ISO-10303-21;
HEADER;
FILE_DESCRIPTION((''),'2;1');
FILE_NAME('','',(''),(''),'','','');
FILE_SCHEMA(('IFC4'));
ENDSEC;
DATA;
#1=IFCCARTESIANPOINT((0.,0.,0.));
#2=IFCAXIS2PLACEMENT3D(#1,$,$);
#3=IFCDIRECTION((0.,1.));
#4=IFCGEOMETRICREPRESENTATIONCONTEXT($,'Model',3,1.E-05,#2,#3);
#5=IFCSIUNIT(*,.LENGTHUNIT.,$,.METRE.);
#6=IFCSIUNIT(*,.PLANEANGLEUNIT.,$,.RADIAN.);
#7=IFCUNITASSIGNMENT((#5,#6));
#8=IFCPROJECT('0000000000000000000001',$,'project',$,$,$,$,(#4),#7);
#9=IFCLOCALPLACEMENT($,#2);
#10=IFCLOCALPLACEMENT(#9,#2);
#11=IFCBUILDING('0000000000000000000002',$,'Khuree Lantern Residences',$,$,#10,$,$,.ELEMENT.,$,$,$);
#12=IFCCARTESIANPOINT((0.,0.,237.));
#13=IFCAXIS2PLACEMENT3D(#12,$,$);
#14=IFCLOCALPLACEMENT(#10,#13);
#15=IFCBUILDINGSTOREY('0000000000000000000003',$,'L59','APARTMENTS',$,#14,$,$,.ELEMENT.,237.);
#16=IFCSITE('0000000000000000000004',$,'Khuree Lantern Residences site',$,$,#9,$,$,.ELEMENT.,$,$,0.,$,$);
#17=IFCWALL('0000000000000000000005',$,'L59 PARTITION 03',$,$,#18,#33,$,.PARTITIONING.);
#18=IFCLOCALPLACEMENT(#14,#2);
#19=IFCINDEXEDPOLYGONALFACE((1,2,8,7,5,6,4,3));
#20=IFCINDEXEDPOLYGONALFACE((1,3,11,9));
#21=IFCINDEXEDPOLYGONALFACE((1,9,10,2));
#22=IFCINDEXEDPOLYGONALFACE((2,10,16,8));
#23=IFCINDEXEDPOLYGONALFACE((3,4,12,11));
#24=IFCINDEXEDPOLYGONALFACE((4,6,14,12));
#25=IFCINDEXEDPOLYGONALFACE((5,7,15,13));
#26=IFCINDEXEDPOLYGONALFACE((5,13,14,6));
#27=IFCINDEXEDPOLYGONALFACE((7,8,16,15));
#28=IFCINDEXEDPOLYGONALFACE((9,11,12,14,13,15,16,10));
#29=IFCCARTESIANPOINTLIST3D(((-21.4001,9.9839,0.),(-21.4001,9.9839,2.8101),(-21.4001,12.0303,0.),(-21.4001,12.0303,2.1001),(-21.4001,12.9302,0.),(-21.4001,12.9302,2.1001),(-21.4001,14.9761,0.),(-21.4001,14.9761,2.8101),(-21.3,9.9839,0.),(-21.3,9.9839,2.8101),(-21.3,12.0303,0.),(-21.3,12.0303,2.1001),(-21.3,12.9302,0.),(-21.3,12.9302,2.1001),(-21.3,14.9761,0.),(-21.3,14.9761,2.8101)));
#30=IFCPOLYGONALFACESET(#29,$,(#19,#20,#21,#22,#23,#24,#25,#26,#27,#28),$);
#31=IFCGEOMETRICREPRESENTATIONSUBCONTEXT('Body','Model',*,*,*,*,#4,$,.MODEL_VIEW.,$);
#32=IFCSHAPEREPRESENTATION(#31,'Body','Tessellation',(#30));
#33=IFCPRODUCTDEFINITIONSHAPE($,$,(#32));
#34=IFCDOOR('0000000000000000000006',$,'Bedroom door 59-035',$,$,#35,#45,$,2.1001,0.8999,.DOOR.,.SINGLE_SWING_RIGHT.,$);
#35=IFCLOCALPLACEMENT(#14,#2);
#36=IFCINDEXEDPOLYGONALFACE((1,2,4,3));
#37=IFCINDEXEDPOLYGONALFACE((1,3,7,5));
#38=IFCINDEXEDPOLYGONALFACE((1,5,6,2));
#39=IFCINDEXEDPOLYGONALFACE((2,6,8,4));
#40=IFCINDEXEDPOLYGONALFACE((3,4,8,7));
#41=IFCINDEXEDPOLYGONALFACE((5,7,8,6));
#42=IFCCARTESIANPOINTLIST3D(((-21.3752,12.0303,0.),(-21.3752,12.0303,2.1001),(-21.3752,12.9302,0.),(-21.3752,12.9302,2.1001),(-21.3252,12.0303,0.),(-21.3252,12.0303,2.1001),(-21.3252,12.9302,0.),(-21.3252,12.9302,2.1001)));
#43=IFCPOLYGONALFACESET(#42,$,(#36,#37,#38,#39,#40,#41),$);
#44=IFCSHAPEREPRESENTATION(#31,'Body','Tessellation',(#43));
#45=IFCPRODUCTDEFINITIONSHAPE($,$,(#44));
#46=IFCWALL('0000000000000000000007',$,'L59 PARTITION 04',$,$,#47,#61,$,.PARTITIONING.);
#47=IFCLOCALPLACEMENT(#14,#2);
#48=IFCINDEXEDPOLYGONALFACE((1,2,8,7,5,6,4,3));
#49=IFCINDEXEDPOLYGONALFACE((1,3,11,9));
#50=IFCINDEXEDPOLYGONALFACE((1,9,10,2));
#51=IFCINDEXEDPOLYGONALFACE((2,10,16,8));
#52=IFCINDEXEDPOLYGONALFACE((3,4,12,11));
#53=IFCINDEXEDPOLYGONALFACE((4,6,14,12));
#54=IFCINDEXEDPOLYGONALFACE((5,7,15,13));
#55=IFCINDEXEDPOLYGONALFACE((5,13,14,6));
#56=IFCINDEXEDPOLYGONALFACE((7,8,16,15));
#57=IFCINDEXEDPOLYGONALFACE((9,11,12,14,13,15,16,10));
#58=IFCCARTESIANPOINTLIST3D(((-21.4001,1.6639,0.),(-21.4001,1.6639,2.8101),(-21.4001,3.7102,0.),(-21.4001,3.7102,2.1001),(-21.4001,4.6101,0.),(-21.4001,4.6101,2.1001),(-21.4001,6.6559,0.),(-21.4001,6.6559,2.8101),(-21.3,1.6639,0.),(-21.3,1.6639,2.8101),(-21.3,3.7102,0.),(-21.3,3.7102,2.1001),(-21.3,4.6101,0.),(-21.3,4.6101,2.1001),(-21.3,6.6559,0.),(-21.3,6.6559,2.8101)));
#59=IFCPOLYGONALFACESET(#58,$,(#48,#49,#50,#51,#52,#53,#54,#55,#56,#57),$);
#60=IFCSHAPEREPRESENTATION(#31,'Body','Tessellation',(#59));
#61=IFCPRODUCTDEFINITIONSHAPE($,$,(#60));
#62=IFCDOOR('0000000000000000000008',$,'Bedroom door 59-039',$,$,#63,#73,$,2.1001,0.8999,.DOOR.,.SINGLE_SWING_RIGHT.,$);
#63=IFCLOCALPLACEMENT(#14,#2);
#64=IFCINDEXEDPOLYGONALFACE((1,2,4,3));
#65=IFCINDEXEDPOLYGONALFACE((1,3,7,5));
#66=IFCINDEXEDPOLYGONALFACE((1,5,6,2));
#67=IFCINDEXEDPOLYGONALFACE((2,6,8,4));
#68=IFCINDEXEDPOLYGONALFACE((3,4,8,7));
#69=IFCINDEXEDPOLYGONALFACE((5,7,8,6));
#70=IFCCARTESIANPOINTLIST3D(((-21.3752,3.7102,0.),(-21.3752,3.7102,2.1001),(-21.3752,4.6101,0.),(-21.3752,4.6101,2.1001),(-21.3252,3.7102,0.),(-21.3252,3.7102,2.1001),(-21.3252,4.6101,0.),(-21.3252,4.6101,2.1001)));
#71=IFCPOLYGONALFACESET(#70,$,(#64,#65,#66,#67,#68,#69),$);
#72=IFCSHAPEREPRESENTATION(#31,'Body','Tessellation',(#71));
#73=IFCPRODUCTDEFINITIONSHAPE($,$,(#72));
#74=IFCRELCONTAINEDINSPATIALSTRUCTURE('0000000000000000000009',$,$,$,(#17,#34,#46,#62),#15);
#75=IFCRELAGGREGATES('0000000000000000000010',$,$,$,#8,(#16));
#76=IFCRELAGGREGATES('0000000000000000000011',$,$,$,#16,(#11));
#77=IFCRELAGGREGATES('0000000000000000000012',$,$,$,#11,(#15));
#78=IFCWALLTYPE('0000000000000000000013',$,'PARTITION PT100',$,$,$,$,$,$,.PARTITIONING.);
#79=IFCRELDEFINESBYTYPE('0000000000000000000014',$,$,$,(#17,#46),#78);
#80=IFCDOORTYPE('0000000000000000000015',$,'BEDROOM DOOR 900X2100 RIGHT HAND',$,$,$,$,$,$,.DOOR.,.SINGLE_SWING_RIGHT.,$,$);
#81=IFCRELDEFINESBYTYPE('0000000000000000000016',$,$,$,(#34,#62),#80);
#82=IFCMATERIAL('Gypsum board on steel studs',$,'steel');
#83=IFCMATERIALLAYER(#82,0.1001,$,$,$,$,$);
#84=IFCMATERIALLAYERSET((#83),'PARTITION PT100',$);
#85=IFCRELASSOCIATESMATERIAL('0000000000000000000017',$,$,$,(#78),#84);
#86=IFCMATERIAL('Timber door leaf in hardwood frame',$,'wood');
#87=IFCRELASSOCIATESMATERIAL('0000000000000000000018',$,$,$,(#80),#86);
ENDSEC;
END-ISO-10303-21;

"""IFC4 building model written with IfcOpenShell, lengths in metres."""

from ifc_helpers import new_model, si_unit, direction, frame, frame_2d, origin, place, context, subcontext, project, spatial, rectangle, extrude, material, layer, layer_set, type_object, element, fill, save


model = new_model("IFC4")

# Units and contexts
model_context = context("Model", 3, precision=1e-05, world=origin(), true_north=direction((0.0, 1.0)))
body_context = subcontext(model_context, "Body", "Model", "MODEL_VIEW")
ifc_project = project(units=[si_unit("LENGTHUNIT", "METRE"), si_unit("PLANEANGLEUNIT", "RADIAN")], contexts=[model_context])

# Site, building, storey
site_placement = place(None, origin())
site = spatial("IfcSite", under=ifc_project, at=site_placement, Name="Khuree Lantern Residences site", CompositionType="ELEMENT", RefElevation=0.0)
building_placement = place(site_placement, origin())
building = spatial("IfcBuilding", under=site, at=building_placement, Name="Khuree Lantern Residences", CompositionType="ELEMENT")
storey_placement = place(building_placement, frame((0.0, 0.0, 237.0)))
storey = spatial("IfcBuildingStorey", under=building, at=storey_placement, Name="L59", Description="APARTMENTS", CompositionType="ELEMENT", Elevation=237.0)

# Shared definitions
ifc_material_1 = material(Name="Timber door leaf in hardwood frame", Category="wood")

# Shared definitions
ifc_material_2 = material(Name="Gypsum board on steel studs", Category="steel")
ifc_layer_1 = layer(ifc_material_2, 0.1001)
ifc_layer_set_1 = layer_set([ifc_layer_1], Name="PARTITION PT100")
wall_type_1 = type_object("IfcWallType", Name="PARTITION PT100", PredefinedType="PARTITIONING", material=ifc_layer_set_1)

# Walls, openings, doors
wall_1_placement = place(storey_placement, frame((-21.3501, 14.9761, 0.0), z_axis=(0.0, 0.0, 1.0), x_axis=(0.0, -1.0, 0.0)))
wall_1 = element("IfcWall", 1, at=wall_1_placement, inside=storey, type_object=wall_type_1, Name="L59 PARTITION 03", PredefinedType="PARTITIONING", context=body_context, shape_type="SweptSolid", body=[
    extrude(rectangle(XDim=4.9922, YDim=0.1001, at=frame_2d((2.4961, 0.0))), origin(), (0.0, 0.0, 1.0), 2.8101),
])
opening_1_placement = place(wall_1_placement, frame((2.0459, 0.0, 0.0)))
opening_1 = element("IfcOpeningElement", 2, at=opening_1_placement, cuts=wall_1, PredefinedType="OPENING", context=body_context, shape_type="SweptSolid", body=[
    extrude(rectangle(XDim=0.8999, YDim=2.1001, at=frame_2d((0.45, 1.05))), frame((0.0, 0.0601, 0.0), z_axis=(0.0, -1.0, 0.0), x_axis=(1.0, 0.0, 0.0)), (0.0, 0.0, 1.0), 0.1201),
])
door_type_1 = type_object("IfcDoorType", Name="BEDROOM DOOR 900X2100 RIGHT HAND", OperationType="SINGLE_SWING_RIGHT", PredefinedType="DOOR", material=ifc_material_1)
door_1_placement = place(opening_1_placement, origin())
door_1 = element("IfcDoor", 3, at=door_1_placement, inside=storey, type_object=door_type_1, Name="Bedroom door 59-035", OperationType="SINGLE_SWING_RIGHT", OverallHeight=2.1001, OverallWidth=0.8999, PredefinedType="DOOR", context=body_context, shape_type="SweptSolid", body=[
    extrude(rectangle(XDim=0.8999, YDim=2.1001, at=frame_2d((0.45, 1.05))), frame((0.0, 0.0249, 0.0), z_axis=(0.0, -1.0, 0.0), x_axis=(1.0, 0.0, 0.0)), (0.0, 0.0, 1.0), 0.05),
])
fill(opening_1, door_1)
wall_2_placement = place(storey_placement, frame((-21.3501, 6.656, 0.0), z_axis=(0.0, 0.0, 1.0), x_axis=(0.0, -1.0, 0.0)))
wall_2 = element("IfcWall", 4, at=wall_2_placement, inside=storey, type_object=wall_type_1, Name="L59 PARTITION 04", PredefinedType="PARTITIONING", context=body_context, shape_type="SweptSolid", body=[
    extrude(rectangle(XDim=4.9919, YDim=0.1001, at=frame_2d((2.4961, 0.0))), origin(), (0.0, 0.0, 1.0), 2.8101),
])
opening_2_placement = place(wall_2_placement, frame((2.0459, 0.0, 0.0)))
opening_2 = element("IfcOpeningElement", 5, at=opening_2_placement, cuts=wall_2, PredefinedType="OPENING", context=body_context, shape_type="SweptSolid", body=[
    extrude(rectangle(XDim=0.8999, YDim=2.1001, at=frame_2d((0.45, 1.05))), frame((0.0, 0.0601, 0.0), z_axis=(0.0, -1.0, 0.0), x_axis=(1.0, 0.0, 0.0)), (0.0, 0.0, 1.0), 0.1201),
])
door_2_placement = place(opening_2_placement, origin())
door_2 = element("IfcDoor", 6, at=door_2_placement, inside=storey, type_object=door_type_1, Name="Bedroom door 59-039", OperationType="SINGLE_SWING_RIGHT", OverallHeight=2.1001, OverallWidth=0.8999, PredefinedType="DOOR", context=body_context, shape_type="SweptSolid", body=[
    extrude(rectangle(XDim=0.8999, YDim=2.1001, at=frame_2d((0.45, 1.05))), frame((0.0, 0.0249, 0.0), z_axis=(0.0, -1.0, 0.0), x_axis=(1.0, 0.0, 0.0)), (0.0, 0.0, 1.0), 0.05),
])
fill(opening_2, door_2)

save(model, "model.ifc")
